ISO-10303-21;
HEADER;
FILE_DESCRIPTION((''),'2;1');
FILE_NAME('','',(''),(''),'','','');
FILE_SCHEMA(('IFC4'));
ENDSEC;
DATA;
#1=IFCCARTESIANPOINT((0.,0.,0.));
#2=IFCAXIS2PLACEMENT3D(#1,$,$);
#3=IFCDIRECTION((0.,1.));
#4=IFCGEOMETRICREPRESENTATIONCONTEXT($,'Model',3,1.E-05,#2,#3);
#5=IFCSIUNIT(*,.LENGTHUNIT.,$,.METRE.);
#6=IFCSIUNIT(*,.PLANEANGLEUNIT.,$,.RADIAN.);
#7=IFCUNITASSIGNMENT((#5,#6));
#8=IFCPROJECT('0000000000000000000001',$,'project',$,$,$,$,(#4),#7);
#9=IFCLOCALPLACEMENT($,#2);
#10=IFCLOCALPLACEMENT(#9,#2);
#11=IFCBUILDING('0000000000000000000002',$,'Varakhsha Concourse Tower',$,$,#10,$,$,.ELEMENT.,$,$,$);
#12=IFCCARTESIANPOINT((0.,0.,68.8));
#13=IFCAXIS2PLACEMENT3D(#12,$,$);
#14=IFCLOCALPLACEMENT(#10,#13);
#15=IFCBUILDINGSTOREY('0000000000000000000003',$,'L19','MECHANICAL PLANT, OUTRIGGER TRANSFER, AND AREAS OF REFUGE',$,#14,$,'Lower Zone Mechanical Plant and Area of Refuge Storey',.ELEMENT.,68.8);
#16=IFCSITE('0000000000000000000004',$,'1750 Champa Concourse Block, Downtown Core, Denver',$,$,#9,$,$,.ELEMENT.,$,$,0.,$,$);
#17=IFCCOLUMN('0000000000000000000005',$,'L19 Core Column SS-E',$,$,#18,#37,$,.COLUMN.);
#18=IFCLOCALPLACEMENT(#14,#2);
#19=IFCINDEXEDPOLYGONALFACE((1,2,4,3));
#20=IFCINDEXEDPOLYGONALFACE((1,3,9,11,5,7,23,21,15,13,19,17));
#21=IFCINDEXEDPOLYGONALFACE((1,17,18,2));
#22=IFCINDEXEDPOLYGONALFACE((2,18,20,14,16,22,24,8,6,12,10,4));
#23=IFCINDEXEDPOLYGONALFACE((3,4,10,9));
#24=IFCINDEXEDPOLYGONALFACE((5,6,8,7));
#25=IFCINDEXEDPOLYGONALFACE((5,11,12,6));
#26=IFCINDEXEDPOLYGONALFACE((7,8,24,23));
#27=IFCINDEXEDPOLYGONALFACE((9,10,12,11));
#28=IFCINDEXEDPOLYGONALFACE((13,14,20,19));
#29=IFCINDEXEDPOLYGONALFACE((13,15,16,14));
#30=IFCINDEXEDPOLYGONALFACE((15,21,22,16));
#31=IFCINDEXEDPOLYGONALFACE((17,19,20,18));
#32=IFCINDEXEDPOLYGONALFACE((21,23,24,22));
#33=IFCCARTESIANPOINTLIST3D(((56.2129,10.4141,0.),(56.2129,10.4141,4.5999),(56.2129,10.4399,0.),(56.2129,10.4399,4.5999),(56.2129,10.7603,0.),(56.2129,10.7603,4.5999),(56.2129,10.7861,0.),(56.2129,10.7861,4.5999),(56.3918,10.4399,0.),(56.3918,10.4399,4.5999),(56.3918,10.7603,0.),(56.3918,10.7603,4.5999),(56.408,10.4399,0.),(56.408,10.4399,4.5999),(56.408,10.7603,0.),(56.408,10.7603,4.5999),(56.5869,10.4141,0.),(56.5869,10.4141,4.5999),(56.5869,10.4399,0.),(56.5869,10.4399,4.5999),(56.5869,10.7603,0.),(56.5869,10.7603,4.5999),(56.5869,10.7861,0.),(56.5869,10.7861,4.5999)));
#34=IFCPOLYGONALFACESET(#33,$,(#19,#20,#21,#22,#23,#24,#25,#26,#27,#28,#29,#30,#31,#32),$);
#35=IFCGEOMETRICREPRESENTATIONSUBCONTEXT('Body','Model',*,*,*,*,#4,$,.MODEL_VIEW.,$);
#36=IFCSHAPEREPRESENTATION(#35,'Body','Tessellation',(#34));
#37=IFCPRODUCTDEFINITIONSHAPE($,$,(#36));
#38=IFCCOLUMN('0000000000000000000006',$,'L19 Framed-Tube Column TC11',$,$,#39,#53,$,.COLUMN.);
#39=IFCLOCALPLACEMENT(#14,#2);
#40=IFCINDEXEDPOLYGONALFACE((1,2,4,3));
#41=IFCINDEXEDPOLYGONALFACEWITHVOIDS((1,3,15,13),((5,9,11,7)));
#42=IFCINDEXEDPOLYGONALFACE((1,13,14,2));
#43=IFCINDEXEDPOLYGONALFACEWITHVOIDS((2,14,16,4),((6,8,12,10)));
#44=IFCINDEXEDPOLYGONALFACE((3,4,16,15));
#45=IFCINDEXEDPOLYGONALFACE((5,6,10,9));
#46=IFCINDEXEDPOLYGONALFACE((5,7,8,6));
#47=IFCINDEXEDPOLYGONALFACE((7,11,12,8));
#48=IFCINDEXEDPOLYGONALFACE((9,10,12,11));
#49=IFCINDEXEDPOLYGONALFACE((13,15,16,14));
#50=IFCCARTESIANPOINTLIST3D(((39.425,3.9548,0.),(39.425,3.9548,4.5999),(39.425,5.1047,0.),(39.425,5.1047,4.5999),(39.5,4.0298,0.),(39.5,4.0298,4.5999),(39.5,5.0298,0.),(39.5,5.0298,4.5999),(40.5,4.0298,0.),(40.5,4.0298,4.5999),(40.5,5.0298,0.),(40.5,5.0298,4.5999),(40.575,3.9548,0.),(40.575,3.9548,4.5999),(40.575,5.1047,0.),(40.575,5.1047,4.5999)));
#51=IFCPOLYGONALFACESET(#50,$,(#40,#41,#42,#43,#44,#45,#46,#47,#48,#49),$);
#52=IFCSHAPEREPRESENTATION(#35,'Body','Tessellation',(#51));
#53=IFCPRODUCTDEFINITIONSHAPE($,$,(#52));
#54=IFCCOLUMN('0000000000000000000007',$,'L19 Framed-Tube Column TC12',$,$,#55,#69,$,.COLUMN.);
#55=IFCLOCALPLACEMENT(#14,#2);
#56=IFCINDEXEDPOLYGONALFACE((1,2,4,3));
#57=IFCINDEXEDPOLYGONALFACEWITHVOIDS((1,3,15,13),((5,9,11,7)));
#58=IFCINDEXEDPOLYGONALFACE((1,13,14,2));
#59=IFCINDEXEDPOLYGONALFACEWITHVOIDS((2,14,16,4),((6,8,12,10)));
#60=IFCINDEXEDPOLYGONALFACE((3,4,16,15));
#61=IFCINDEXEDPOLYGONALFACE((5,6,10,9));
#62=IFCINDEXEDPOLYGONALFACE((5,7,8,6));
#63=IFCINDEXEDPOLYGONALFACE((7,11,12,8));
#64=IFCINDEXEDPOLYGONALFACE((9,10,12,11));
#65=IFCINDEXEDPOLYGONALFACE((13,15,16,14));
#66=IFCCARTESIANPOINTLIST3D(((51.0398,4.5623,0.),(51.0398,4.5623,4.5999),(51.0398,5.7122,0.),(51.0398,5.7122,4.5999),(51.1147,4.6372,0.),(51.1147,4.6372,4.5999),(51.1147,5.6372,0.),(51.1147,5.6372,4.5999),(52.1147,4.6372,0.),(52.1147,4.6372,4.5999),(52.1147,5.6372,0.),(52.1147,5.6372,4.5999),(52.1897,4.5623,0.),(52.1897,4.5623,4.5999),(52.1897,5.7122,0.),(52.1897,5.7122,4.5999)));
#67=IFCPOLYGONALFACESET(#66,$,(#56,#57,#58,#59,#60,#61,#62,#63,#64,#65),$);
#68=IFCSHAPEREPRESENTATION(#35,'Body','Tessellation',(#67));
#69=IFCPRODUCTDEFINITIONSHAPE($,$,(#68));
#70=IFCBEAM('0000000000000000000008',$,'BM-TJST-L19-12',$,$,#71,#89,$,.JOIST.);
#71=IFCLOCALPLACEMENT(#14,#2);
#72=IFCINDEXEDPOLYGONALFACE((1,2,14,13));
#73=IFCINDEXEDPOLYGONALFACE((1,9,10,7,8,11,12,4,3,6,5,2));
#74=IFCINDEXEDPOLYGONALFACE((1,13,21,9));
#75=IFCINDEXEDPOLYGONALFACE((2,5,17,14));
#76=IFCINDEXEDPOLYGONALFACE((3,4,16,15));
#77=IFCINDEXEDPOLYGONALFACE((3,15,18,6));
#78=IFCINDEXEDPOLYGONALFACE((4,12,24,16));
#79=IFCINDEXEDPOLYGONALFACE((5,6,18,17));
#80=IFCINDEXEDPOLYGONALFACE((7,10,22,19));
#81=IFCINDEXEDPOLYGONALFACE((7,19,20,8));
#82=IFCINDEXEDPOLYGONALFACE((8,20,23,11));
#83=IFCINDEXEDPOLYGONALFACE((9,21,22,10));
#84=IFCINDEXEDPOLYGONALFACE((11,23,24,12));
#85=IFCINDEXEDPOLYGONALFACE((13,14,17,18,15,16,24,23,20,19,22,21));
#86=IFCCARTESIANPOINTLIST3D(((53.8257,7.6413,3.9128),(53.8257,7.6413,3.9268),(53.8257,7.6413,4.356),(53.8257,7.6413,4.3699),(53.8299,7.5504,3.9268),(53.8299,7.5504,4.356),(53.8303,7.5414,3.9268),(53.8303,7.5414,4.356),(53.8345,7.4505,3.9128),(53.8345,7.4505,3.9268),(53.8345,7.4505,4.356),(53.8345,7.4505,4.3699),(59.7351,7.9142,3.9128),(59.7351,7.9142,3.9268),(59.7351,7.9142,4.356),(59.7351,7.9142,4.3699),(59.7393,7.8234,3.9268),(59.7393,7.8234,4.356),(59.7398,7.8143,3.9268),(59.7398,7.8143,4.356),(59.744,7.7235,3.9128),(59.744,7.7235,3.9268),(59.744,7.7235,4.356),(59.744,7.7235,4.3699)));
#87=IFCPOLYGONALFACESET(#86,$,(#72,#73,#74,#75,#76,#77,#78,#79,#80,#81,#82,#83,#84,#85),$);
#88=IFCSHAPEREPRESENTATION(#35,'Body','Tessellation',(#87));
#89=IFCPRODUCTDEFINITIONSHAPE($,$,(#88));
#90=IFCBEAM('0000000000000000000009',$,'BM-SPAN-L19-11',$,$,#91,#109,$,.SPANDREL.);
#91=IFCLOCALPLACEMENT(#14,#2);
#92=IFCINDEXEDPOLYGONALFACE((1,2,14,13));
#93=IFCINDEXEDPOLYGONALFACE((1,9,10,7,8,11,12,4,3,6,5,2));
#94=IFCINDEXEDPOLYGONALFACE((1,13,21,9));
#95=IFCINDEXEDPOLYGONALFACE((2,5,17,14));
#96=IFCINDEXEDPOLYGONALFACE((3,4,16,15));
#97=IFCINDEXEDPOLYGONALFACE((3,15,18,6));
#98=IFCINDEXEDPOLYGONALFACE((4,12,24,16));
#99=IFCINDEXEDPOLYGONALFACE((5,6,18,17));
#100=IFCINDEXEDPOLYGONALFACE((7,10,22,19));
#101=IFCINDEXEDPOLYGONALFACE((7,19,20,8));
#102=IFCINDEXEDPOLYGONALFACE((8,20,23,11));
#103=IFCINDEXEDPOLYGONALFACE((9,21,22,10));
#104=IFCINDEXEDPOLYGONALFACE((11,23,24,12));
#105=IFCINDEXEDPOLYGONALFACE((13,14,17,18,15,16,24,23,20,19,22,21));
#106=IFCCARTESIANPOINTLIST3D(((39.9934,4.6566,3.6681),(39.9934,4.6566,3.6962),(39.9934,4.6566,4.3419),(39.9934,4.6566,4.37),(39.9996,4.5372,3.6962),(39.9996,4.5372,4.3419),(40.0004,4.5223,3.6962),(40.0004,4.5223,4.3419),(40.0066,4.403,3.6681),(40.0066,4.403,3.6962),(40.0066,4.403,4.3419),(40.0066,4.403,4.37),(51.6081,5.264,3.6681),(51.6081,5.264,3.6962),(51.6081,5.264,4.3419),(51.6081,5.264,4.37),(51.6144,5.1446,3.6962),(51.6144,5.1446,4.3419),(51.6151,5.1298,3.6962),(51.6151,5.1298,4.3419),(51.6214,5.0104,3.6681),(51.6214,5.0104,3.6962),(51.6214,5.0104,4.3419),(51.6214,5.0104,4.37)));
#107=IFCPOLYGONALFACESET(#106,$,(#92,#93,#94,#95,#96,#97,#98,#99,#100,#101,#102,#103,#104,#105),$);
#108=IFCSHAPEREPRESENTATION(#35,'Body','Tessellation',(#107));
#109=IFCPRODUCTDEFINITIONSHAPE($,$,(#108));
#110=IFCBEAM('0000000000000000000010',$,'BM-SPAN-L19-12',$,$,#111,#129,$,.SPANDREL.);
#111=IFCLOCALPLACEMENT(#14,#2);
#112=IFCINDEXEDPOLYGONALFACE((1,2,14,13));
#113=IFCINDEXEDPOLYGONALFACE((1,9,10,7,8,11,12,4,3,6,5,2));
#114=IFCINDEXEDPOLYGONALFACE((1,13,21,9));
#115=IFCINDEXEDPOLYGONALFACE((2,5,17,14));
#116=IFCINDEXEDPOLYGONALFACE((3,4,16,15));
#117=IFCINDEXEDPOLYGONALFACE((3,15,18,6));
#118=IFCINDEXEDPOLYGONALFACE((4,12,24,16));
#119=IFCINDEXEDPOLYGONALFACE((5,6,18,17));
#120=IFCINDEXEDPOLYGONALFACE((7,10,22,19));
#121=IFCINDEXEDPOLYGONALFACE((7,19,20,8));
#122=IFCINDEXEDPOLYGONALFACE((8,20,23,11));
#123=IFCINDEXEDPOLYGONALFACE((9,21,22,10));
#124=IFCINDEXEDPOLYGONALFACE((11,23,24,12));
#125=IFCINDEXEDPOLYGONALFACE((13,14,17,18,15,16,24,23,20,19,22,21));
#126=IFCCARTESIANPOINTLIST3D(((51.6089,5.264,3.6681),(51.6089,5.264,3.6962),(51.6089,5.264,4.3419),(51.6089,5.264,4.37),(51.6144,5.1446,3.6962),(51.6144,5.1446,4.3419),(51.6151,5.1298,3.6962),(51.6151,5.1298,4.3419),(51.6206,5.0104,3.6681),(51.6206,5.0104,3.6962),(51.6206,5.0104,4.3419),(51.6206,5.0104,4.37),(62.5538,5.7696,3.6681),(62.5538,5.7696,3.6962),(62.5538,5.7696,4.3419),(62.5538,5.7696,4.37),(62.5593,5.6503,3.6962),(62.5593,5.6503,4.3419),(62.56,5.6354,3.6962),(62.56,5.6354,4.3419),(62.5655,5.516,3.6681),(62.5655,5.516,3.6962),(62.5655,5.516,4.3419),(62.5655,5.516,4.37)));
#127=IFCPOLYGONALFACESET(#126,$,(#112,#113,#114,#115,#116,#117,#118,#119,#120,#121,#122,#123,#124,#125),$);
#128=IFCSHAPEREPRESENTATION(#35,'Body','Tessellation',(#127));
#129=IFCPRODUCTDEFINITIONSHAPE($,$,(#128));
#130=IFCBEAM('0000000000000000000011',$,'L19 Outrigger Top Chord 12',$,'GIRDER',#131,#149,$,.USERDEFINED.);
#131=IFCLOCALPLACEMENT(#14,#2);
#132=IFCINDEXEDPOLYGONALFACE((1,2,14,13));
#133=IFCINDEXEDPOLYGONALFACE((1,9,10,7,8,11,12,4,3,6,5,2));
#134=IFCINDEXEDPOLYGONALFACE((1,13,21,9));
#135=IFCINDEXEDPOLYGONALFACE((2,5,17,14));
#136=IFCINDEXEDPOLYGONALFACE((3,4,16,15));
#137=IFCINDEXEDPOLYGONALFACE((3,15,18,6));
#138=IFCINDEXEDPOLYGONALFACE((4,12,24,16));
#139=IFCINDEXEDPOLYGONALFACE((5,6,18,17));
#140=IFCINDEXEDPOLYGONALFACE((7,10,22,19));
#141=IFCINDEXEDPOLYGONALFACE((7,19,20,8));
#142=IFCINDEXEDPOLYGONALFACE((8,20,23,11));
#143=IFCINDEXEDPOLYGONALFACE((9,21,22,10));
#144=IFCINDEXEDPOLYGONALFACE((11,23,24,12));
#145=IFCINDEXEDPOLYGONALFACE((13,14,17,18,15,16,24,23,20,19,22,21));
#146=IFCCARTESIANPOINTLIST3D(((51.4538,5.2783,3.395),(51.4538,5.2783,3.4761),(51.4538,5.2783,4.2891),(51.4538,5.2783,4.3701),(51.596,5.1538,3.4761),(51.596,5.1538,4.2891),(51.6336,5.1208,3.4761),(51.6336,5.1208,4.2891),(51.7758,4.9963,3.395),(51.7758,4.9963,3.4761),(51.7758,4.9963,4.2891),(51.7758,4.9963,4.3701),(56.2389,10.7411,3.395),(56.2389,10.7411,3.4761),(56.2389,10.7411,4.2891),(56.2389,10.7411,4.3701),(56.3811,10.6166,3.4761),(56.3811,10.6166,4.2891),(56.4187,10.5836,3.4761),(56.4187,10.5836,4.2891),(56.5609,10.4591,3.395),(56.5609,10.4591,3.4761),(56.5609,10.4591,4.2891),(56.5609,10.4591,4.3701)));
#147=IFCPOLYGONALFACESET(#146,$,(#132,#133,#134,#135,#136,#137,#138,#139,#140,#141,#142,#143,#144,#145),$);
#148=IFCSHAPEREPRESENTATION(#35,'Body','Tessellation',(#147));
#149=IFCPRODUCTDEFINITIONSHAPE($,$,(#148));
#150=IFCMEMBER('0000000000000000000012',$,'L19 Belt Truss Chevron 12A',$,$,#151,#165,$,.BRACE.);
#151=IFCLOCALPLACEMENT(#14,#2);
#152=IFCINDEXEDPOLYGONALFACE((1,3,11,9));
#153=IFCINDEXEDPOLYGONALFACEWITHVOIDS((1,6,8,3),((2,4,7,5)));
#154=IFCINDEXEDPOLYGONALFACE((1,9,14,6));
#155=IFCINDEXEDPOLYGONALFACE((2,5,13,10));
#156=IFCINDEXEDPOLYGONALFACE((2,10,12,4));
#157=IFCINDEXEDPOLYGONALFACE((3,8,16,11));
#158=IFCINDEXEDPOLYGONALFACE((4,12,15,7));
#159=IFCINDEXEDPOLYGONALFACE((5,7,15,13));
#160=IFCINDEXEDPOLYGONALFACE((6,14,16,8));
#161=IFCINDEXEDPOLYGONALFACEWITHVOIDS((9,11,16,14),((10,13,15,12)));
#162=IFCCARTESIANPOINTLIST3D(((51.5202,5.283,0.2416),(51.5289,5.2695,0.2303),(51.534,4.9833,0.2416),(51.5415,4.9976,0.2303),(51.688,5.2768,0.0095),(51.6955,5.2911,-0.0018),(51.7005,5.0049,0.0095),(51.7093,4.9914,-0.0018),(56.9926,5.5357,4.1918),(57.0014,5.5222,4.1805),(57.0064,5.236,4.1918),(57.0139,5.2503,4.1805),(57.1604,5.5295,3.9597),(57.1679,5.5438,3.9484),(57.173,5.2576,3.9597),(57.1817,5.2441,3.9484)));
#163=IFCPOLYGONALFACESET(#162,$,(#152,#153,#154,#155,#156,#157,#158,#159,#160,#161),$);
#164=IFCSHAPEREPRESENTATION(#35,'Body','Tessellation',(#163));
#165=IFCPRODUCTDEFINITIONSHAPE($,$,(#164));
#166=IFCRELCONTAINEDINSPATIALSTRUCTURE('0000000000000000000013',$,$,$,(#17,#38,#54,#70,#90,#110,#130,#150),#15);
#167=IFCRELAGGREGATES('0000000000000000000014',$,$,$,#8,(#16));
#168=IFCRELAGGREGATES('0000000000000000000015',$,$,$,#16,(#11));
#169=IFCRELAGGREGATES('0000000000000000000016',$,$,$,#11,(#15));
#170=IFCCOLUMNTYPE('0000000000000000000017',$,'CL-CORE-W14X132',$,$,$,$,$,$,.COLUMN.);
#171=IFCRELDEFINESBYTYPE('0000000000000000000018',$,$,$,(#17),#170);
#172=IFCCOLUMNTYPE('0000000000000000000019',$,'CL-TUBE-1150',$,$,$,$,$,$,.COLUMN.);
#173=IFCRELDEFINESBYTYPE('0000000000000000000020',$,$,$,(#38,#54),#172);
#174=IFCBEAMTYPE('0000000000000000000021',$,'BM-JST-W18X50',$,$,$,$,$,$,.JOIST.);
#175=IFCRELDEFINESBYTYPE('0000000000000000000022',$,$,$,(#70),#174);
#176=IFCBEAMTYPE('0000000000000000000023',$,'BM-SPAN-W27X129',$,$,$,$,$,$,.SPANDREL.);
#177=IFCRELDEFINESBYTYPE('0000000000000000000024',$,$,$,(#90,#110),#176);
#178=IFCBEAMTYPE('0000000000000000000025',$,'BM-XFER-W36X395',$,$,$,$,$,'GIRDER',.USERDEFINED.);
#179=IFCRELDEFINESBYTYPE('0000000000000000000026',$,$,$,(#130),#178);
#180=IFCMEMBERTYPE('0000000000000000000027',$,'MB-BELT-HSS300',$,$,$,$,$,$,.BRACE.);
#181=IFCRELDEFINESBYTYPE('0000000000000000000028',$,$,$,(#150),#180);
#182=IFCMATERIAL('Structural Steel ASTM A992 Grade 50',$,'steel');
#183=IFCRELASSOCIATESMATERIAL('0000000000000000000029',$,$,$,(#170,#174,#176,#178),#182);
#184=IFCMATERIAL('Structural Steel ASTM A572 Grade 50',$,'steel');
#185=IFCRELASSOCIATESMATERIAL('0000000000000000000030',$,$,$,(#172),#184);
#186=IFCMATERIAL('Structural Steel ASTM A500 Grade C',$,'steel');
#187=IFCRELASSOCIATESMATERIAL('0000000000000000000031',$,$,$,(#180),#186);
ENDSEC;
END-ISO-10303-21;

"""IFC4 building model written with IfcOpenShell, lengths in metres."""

from ifc_helpers import new_model, si_unit, direction, frame, origin, origin_2d, place, context, subcontext, project, spatial, hollow_rectangle, i_section, extrude, source, transform, mapped, material, material_profile, profile_set, type_object, element, save


model = new_model("IFC4")

# Units and contexts
model_context = context("Model", 3, precision=1e-05, world=origin(), true_north=direction((0.0, 1.0)))
body_context = subcontext(model_context, "Body", "Model", "MODEL_VIEW")
ifc_project = project(units=[si_unit("LENGTHUNIT", "METRE"), si_unit("PLANEANGLEUNIT", "RADIAN")], contexts=[model_context])

# Site, building, storey
site_placement = place(None, origin())
site = spatial("IfcSite", under=ifc_project, at=site_placement, Name="1750 Champa Concourse Block, Downtown Core, Denver", CompositionType="ELEMENT", RefElevation=0.0)
building_placement = place(site_placement, origin())
building = spatial("IfcBuilding", under=site, at=building_placement, Name="Varakhsha Concourse Tower", CompositionType="ELEMENT")
storey_placement = place(building_placement, frame((0.0, 0.0, 68.8)))
storey = spatial("IfcBuildingStorey", under=building, at=storey_placement, Name="L19", Description="MECHANICAL PLANT, OUTRIGGER TRANSFER, AND AREAS OF REFUGE", LongName="Lower Zone Mechanical Plant and Area of Refuge Storey", CompositionType="ELEMENT", Elevation=68.8)

# Columns
ifc_material_1 = material(Name="Structural Steel ASTM A992 Grade 50", Category="steel")
ifc_material_profile_1 = material_profile(ifc_material_1, i_section(OverallWidth=0.374, OverallDepth=0.3721, WebThickness=0.0161, FlangeThickness=0.0259, at=origin_2d()), Name="W14X132")
ifc_profile_set_1 = profile_set([ifc_material_profile_1], Name="Structural Steel ASTM A992 Grade 50")
column_type_1 = type_object("IfcColumnType", Name="CL-CORE-W14X132", PredefinedType="COLUMN", material=ifc_profile_set_1)
column_placement = place(storey_placement, frame((56.3999, 10.6001, 0.0), z_axis=(0.0, 0.0, 1.0), x_axis=(1.0, 0.0, 0.0)))
element("IfcColumn", 1, at=column_placement, inside=storey, type_object=column_type_1, Name="L19 Core Column SS-E", PredefinedType="COLUMN", context=body_context, shape_type="SweptSolid", body=[
    extrude(i_section(OverallWidth=0.374, OverallDepth=0.3721, WebThickness=0.0161, FlangeThickness=0.0259, at=origin_2d()), origin(), (0.0, 0.0, 1.0), 4.5999),
])
ifc_material_2 = material(Name="Structural Steel ASTM A572 Grade 50", Category="steel")
ifc_material_profile_2 = material_profile(ifc_material_2, hollow_rectangle(XDim=1.1499, YDim=1.1499, WallThickness=0.075, at=origin_2d()), Name="BOX 1150x1150x75")
ifc_profile_set_2 = profile_set([ifc_material_profile_2], Name="Structural Steel ASTM A572 Grade 50")
column_type_2 = type_object("IfcColumnType", Name="CL-TUBE-1150", PredefinedType="COLUMN", material=ifc_profile_set_2)
for number, where, z_axis, x_axis, name in (
    (2, (40.0, 4.5298, 0.0), (0.0, 0.0, 1.0), (1.0, 0.0, 0.0), "L19 Framed-Tube Column TC11"),
    (3, (51.6147, 5.1372, 0.0), (0.0, 0.0, 1.0), (1.0, 0.0, 0.0), "L19 Framed-Tube Column TC12"),
):
    element("IfcColumn", number, at=place(storey_placement, frame(where, z_axis=z_axis, x_axis=x_axis)), inside=storey, type_object=column_type_2, Name=name, PredefinedType="COLUMN", context=body_context, shape_type="SweptSolid", body=[
        extrude(hollow_rectangle(XDim=1.1499, YDim=1.1499, WallThickness=0.075, at=origin_2d()), origin(), (0.0, 0.0, 1.0), 4.5999),
    ])

# Beams
ifc_material_profile_3 = material_profile(ifc_material_1, i_section(OverallWidth=0.1909, OverallDepth=0.457, WebThickness=0.009, FlangeThickness=0.0139, at=origin_2d()), Name="W18X50")
ifc_profile_set_3 = profile_set([ifc_material_profile_3], Name="Structural Steel ASTM A992 Grade 50")
beam_type_1 = type_object("IfcBeamType", Name="BM-JST-W18X50", PredefinedType="JOIST", material=ifc_profile_set_3)
beam_1_placement = place(storey_placement, frame((53.8301, 7.5459, 4.1414), z_axis=(0.998935, 0.04614, 0.0), x_axis=(-0.04614, 0.998935, 0.0)))
element("IfcBeam", 4, at=beam_1_placement, inside=storey, type_object=beam_type_1, Name="BM-TJST-L19-12", PredefinedType="JOIST", context=body_context, shape_type="SweptSolid", body=[
    extrude(i_section(OverallWidth=0.1909, OverallDepth=0.457, WebThickness=0.009, FlangeThickness=0.0139, at=origin_2d()), origin(), (0.0, 0.0, 1.0), 5.9158),
])
ifc_material_profile_4 = material_profile(ifc_material_1, i_section(OverallWidth=0.2539, OverallDepth=0.7019, WebThickness=0.0149, FlangeThickness=0.0281, at=origin_2d()), Name="W27X129")
ifc_profile_set_4 = profile_set([ifc_material_profile_4], Name="Structural Steel ASTM A992 Grade 50")
beam_type_2 = type_object("IfcBeamType", Name="BM-SPAN-W27X129", PredefinedType="SPANDREL", material=ifc_profile_set_4)
beam_2_placement = place(storey_placement, frame((40.0, 4.5298, 4.019), z_axis=(0.998635, 0.052226, 0.0), x_axis=(-0.052226, 0.998635, 0.0)))
element("IfcBeam", 5, at=beam_2_placement, inside=storey, type_object=beam_type_2, Name="BM-SPAN-L19-11", PredefinedType="SPANDREL", context=body_context, shape_type="SweptSolid", body=[
    extrude(i_section(OverallWidth=0.2539, OverallDepth=0.7019, WebThickness=0.0149, FlangeThickness=0.0281, at=origin_2d()), origin(), (0.0, 0.0, 1.0), 11.6306),
])
beam_3_placement = place(storey_placement, frame((51.6147, 5.1372, 4.019), z_axis=(0.998935, 0.046148, 0.0), x_axis=(-0.046148, 0.998935, 0.0)))
element("IfcBeam", 6, at=beam_3_placement, inside=storey, type_object=beam_type_2, Name="BM-SPAN-L19-12", PredefinedType="SPANDREL", context=body_context, shape_type="SweptSolid", body=[
    extrude(i_section(OverallWidth=0.2539, OverallDepth=0.7019, WebThickness=0.0149, FlangeThickness=0.0281, at=origin_2d()), origin(), (0.0, 0.0, 1.0), 10.9565),
])
ifc_material_profile_5 = material_profile(ifc_material_1, i_section(OverallWidth=0.428, OverallDepth=0.9751, WebThickness=0.05, FlangeThickness=0.0811, at=origin_2d()), Name="W36X395")
ifc_profile_set_5 = profile_set([ifc_material_profile_5], Name="Structural Steel ASTM A992 Grade 50")
beam_type_3 = type_object("IfcBeamType", Name="BM-XFER-W36X395", ElementType="GIRDER", PredefinedType="USERDEFINED", material=ifc_profile_set_5)
beam_4_placement = place(storey_placement, frame((56.3999, 10.6001, 3.8826), z_axis=(-0.658904, -0.752227, 0.0), x_axis=(0.752227, -0.658904, 0.0)))
element("IfcBeam", 7, at=beam_4_placement, inside=storey, type_object=beam_type_3, Name="L19 Outrigger Top Chord 12", ObjectType="GIRDER", PredefinedType="USERDEFINED", context=body_context, shape_type="SweptSolid", body=[
    extrude(i_section(OverallWidth=0.428, OverallDepth=0.9751, WebThickness=0.05, FlangeThickness=0.0811, at=origin_2d()), origin(), (0.0, 0.0, 1.0), 7.2622),
])

# Member
ifc_material_3 = material(Name="Structural Steel ASTM A500 Grade C", Category="steel")
ifc_material_profile_6 = material_profile(ifc_material_3, hollow_rectangle(XDim=0.3, YDim=0.3, WallThickness=0.0139, at=origin_2d()), Name="HSS 300x300x14")
ifc_profile_set_6 = profile_set([ifc_material_profile_6], Name="Structural Steel ASTM A500 Grade C")
member_type_1 = type_object("IfcMemberType", Name="MB-BELT-HSS300", PredefinedType="BRACE", material=ifc_profile_set_6)
shared_shape_1 = source(origin(), body_context, "Body", "SweptSolid", [
    extrude(hollow_rectangle(XDim=0.3, YDim=0.3, WallThickness=0.0139, at=origin_2d()), origin(), (0.0, 0.0, 1.0), 6.7539),
])
member_1_placement = place(storey_placement, frame((51.6147, 5.1372, 0.1199), z_axis=(0.810259, 0.037413, 0.584876), x_axis=(-0.046125, 0.998936, 0.0)))
element("IfcMember", 8, at=member_1_placement, inside=storey, type_object=member_type_1, Name="L19 Belt Truss Chevron 12A", PredefinedType="BRACE", context=body_context, shape_type="MappedRepresentation", body=[
    mapped(shared_shape_1, transform((0.0, 0.0, 0.0), scale=1.0)),
])

save(model, "model.ifc")
